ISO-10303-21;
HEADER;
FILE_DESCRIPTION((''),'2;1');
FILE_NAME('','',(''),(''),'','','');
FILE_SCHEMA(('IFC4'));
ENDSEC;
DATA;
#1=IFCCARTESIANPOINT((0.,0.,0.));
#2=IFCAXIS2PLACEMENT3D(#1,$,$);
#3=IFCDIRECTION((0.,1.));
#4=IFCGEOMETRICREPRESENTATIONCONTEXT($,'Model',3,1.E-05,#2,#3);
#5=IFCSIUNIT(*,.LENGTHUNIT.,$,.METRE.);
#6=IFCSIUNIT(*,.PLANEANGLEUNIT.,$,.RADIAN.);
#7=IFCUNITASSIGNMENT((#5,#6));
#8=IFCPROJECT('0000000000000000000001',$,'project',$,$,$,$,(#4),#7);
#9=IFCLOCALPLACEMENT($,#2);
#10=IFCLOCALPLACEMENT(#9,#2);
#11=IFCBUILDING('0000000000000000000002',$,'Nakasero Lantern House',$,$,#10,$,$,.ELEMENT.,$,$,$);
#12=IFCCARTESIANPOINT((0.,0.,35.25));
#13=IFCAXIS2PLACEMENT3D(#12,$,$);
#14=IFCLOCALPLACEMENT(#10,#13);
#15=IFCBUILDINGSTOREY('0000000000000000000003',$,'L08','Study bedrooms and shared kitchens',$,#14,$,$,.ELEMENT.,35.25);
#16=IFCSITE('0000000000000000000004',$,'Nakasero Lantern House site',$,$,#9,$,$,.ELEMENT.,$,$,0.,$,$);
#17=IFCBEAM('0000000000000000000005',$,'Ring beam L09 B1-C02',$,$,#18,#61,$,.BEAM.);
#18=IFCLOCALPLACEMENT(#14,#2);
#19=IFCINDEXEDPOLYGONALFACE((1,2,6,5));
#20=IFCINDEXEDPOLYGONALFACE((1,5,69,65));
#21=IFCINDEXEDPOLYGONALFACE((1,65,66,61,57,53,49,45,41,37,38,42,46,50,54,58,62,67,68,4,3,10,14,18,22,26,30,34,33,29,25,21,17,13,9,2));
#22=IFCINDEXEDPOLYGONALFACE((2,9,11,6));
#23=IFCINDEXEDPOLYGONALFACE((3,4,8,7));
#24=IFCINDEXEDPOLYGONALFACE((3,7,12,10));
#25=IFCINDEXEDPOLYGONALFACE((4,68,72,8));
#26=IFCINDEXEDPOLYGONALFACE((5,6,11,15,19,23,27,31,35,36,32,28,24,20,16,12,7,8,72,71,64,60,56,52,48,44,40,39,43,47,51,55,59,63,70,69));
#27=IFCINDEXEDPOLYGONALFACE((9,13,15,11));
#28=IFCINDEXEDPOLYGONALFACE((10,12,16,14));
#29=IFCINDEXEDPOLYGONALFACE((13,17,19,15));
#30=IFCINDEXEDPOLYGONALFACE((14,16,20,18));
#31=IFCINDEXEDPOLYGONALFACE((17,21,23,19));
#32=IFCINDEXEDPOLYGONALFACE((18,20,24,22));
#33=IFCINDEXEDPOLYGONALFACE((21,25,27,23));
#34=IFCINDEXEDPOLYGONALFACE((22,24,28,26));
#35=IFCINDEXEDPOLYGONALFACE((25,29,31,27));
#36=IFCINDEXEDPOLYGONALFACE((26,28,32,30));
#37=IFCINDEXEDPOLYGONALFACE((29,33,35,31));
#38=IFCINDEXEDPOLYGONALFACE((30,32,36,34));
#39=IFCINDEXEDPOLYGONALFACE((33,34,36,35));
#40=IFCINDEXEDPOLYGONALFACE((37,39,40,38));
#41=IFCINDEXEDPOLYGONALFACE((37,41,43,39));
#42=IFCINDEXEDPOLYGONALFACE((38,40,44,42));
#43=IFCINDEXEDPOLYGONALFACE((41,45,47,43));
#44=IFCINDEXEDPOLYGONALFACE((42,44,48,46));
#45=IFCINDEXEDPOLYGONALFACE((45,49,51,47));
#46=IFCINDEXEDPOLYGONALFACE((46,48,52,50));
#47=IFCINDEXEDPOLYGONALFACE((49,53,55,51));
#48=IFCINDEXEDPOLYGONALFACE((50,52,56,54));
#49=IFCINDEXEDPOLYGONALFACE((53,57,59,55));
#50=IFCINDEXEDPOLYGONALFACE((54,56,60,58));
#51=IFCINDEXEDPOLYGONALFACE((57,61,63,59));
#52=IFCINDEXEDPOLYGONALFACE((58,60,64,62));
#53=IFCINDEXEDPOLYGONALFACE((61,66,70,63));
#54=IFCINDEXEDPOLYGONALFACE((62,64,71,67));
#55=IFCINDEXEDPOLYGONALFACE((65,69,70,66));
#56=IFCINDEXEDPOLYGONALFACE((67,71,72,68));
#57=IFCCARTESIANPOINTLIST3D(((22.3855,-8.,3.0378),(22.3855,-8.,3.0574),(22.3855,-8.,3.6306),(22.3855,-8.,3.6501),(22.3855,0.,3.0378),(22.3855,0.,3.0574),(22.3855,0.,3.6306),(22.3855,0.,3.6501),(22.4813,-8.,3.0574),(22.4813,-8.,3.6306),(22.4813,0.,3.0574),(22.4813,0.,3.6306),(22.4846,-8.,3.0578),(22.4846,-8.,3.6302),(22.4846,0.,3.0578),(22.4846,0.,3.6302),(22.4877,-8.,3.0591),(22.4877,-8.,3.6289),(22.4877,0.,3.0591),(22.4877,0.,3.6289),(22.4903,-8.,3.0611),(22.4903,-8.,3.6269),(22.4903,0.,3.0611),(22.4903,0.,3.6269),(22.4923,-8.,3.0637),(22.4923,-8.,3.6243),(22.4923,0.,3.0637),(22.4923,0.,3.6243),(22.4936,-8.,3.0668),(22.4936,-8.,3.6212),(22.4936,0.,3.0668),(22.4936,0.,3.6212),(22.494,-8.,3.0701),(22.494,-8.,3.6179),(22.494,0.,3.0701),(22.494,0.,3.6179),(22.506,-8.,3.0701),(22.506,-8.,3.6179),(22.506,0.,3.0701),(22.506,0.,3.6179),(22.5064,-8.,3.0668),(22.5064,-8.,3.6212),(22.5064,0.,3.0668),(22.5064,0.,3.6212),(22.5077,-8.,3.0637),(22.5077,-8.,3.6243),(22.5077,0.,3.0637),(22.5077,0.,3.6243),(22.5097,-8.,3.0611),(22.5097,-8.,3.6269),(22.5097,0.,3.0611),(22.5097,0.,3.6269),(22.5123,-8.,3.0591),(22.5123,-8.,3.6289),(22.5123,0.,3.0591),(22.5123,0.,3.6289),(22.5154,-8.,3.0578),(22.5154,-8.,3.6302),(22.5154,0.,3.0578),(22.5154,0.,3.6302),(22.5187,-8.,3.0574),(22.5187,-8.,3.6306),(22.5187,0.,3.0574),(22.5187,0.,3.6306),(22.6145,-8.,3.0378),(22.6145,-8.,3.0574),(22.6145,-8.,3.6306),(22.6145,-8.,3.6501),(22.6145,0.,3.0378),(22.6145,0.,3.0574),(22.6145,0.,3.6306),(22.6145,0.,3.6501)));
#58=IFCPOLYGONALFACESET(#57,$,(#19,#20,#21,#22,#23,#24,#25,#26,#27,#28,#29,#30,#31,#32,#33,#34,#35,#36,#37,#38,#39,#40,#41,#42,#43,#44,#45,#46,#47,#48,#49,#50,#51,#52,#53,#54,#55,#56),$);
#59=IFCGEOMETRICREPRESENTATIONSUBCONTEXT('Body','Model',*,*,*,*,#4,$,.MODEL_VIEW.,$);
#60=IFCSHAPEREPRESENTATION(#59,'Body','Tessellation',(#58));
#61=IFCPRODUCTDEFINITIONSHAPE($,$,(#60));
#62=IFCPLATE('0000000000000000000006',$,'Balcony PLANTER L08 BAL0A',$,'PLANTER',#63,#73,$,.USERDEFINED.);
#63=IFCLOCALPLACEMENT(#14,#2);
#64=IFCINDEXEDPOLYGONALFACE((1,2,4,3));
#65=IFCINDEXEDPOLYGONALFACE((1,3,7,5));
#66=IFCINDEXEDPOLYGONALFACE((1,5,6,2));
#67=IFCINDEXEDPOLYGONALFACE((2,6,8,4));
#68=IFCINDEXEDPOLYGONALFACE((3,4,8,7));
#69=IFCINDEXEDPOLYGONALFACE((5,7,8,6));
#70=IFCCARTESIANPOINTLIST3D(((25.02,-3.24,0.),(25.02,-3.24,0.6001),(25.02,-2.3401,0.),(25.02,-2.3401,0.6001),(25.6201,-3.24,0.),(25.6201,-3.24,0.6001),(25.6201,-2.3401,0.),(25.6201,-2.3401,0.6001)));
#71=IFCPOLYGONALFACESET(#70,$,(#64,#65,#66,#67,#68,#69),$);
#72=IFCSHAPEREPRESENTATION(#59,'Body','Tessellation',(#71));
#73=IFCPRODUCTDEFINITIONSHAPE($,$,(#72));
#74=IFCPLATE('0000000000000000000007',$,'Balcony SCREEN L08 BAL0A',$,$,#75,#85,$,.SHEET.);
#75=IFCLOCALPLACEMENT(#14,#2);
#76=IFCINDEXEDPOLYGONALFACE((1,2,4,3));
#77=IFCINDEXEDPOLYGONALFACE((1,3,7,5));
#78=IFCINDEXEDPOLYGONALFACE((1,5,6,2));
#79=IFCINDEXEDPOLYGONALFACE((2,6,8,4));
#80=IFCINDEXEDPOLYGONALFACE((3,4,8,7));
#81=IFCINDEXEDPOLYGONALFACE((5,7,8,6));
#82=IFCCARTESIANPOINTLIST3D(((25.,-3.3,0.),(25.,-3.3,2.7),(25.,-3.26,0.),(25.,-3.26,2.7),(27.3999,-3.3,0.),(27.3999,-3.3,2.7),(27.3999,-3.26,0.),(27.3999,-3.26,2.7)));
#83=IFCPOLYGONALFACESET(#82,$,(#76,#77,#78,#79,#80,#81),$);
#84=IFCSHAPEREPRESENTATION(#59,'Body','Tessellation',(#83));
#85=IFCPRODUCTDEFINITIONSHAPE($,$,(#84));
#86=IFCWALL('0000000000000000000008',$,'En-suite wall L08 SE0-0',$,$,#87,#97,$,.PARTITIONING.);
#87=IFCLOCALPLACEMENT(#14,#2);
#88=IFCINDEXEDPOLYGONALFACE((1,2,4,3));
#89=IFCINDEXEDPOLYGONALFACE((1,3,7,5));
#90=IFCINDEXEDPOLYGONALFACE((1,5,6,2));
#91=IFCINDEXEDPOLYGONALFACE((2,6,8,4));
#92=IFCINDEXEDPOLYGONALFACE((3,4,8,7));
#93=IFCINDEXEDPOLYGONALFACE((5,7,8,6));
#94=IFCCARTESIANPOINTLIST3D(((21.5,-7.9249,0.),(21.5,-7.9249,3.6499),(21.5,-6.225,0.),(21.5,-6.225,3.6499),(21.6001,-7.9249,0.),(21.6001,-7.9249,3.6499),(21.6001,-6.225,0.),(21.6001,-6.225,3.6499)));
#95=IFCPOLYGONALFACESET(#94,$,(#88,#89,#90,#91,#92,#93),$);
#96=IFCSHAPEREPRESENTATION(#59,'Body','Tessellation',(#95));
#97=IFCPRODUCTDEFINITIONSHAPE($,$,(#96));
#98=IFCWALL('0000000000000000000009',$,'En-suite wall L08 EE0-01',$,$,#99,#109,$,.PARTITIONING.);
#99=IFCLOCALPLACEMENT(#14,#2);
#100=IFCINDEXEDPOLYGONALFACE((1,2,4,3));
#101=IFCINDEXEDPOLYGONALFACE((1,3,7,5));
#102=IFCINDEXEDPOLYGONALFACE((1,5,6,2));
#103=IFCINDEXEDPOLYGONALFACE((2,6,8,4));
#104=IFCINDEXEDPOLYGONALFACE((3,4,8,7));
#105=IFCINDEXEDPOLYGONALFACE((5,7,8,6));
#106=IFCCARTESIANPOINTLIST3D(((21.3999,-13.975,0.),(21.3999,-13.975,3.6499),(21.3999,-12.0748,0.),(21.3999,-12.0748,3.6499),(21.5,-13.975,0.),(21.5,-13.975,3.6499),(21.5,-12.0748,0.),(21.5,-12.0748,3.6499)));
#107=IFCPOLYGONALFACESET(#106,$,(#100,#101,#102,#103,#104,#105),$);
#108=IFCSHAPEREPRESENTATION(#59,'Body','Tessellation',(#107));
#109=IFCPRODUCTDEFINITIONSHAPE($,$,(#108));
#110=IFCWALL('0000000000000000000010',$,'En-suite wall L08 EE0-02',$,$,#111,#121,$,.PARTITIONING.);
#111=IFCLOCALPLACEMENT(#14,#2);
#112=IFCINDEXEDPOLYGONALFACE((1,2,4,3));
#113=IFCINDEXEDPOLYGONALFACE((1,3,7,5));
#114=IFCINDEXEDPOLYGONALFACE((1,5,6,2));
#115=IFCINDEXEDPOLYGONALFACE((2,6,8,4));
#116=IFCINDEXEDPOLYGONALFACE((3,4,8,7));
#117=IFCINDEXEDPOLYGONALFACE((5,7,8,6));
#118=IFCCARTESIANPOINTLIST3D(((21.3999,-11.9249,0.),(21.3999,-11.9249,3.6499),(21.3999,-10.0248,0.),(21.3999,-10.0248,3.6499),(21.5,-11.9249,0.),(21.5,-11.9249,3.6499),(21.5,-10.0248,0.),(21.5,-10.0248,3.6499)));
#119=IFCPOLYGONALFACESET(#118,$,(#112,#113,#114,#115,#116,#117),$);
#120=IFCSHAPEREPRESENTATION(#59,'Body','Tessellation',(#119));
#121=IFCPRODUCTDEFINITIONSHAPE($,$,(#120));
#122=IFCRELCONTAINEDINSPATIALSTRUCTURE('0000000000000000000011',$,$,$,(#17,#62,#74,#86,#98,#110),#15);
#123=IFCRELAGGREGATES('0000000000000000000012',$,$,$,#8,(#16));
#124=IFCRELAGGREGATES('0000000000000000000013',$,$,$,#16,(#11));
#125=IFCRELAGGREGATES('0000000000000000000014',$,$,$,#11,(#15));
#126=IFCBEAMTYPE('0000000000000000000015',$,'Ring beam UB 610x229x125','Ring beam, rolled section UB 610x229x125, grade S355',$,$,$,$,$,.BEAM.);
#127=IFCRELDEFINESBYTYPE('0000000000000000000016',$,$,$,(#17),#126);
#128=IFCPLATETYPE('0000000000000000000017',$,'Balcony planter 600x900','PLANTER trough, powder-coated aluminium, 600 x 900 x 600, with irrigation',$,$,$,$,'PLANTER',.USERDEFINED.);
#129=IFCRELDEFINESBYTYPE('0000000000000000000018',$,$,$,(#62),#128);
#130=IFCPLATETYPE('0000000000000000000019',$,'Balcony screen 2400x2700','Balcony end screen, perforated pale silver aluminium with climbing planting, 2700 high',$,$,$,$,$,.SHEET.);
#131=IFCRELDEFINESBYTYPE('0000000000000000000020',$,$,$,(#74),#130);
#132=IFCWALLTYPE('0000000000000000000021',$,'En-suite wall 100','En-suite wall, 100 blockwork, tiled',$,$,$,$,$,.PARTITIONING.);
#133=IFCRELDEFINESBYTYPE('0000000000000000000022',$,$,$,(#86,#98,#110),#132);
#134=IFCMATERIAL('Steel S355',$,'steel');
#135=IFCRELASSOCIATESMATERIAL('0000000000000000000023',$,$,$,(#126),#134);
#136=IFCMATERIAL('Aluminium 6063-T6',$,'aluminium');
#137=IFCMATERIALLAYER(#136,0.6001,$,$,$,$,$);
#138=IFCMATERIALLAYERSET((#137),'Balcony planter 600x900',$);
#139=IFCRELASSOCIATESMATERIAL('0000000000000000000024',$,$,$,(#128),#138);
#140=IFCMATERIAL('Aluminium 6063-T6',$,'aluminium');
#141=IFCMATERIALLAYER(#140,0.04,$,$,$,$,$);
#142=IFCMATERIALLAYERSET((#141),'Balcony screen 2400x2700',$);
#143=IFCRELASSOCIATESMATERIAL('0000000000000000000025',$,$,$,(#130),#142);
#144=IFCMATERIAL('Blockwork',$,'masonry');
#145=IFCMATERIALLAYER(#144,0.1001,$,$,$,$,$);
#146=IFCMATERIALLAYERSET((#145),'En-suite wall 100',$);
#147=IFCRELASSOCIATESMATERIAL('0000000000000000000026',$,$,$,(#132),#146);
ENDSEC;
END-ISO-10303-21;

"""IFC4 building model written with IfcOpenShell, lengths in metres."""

from ifc_helpers import new_model, si_unit, direction, frame, frame_2d, origin, origin_2d, place, context, subcontext, project, spatial, rectangle, i_section, extrude, material, layer, layer_set, material_profile, profile_set, type_object, element, save


model = new_model("IFC4")

# Units and contexts
model_context = context("Model", 3, precision=1e-05, world=origin(), true_north=direction((0.0, 1.0)))
body_context = subcontext(model_context, "Body", "Model", "MODEL_VIEW")
ifc_project = project(units=[si_unit("LENGTHUNIT", "METRE"), si_unit("PLANEANGLEUNIT", "RADIAN")], contexts=[model_context])

# Site, building, storey
site_placement = place(None, origin())
site = spatial("IfcSite", under=ifc_project, at=site_placement, Name="Nakasero Lantern House site", CompositionType="ELEMENT", RefElevation=0.0)
building_placement = place(site_placement, origin())
building = spatial("IfcBuilding", under=site, at=building_placement, Name="Nakasero Lantern House", CompositionType="ELEMENT")
storey_placement = place(building_placement, frame((0.0, 0.0, 35.25)))
storey = spatial("IfcBuildingStorey", under=building, at=storey_placement, Name="L08", Description="Study bedrooms and shared kitchens", CompositionType="ELEMENT", Elevation=35.25)

# Beam
ifc_material_1 = material(Name="Steel S355", Category="steel")
ifc_material_profile_1 = material_profile(ifc_material_1, i_section(OverallWidth=0.229, OverallDepth=0.6123, WebThickness=0.012, FlangeThickness=0.0195, FilletRadius=0.0127, at=origin_2d()), Name="UB 610x229x125")
ifc_profile_set_1 = profile_set([ifc_material_profile_1], Name="Steel S355")
beam_type_1 = type_object("IfcBeamType", Name="Ring beam UB 610x229x125", Description="Ring beam, rolled section UB 610x229x125, grade S355", PredefinedType="BEAM", material=ifc_profile_set_1)
for number, where, z_axis, x_axis, name in (
    (1, (22.5, -8.0, 3.344), (0.0, 1.0, 0.0), (-1.0, 0.0, 0.0), "Ring beam L09 B1-C02"),
):
    element("IfcBeam", number, at=place(storey_placement, frame(where, z_axis=z_axis, x_axis=x_axis)), inside=storey, type_object=beam_type_1, Name=name, PredefinedType="BEAM", context=body_context, shape_type="SweptSolid", body=[
        extrude(i_section(OverallWidth=0.229, OverallDepth=0.6123, WebThickness=0.012, FlangeThickness=0.0195, FilletRadius=0.0127, at=origin_2d()), origin(), (0.0, 0.0, 1.0), 8.0),
    ])

# Plates
ifc_material_2 = material(Name="Aluminium 6063-T6", Category="aluminium")
ifc_layer_1 = layer(ifc_material_2, 0.6001)
ifc_layer_set_1 = layer_set([ifc_layer_1], Name="Balcony planter 600x900")
plate_type_1 = type_object("IfcPlateType", Name="Balcony planter 600x900", Description="PLANTER trough, powder-coated aluminium, 600 x 900 x 600, with irrigation", ElementType="PLANTER", PredefinedType="USERDEFINED", material=ifc_layer_set_1)
plate_1_placement = place(storey_placement, frame((25.3201, -2.79, 0.0), z_axis=(0.0, 0.0, 1.0), x_axis=(1.0, 0.0, 0.0)))
element("IfcPlate", 2, at=plate_1_placement, inside=storey, type_object=plate_type_1, Name="Balcony PLANTER L08 BAL0A", ObjectType="PLANTER", PredefinedType="USERDEFINED", context=body_context, shape_type="SweptSolid", body=[
    extrude(rectangle(XDim=0.6001, YDim=0.8999, at=origin_2d()), origin(), (0.0, 0.0, 1.0), 0.6001),
])
ifc_material_3 = material(Name="Aluminium 6063-T6", Category="aluminium")
ifc_layer_2 = layer(ifc_material_3, 0.04)
ifc_layer_set_2 = layer_set([ifc_layer_2], Name="Balcony screen 2400x2700")
plate_type_2 = type_object("IfcPlateType", Name="Balcony screen 2400x2700", Description="Balcony end screen, perforated pale silver aluminium with climbing planting, 2700 high", PredefinedType="SHEET", material=ifc_layer_set_2)
plate_2_placement = place(storey_placement, frame((26.2, -3.28, 0.0), z_axis=(0.0, 0.0, 1.0), x_axis=(1.0, 0.0, 0.0)))
element("IfcPlate", 3, at=plate_2_placement, inside=storey, type_object=plate_type_2, Name="Balcony SCREEN L08 BAL0A", PredefinedType="SHEET", context=body_context, shape_type="SweptSolid", body=[
    extrude(rectangle(XDim=2.3999, YDim=0.04, at=origin_2d()), origin(), (0.0, 0.0, 1.0), 2.7),
])

# Walls
ifc_material_4 = material(Name="Blockwork", Category="masonry")
ifc_layer_3 = layer(ifc_material_4, 0.1001)
ifc_layer_set_3 = layer_set([ifc_layer_3], Name="En-suite wall 100")
wall_type_1 = type_object("IfcWallType", Name="En-suite wall 100", Description="En-suite wall, 100 blockwork, tiled", PredefinedType="PARTITIONING", material=ifc_layer_set_3)
wall_1_placement = place(storey_placement, frame((21.55, -7.925, 0.0), z_axis=(0.0, 0.0, 1.0), x_axis=(0.0, 1.0, 0.0)))
element("IfcWall", 4, at=wall_1_placement, inside=storey, type_object=wall_type_1, Name="En-suite wall L08 SE0-0", PredefinedType="PARTITIONING", context=body_context, shape_type="SweptSolid", body=[
    extrude(rectangle(XDim=1.7, YDim=0.1001, at=frame_2d((0.8501, 0.0))), origin(), (0.0, 0.0, 1.0), 3.6499),
])
for number, where, z_axis, x_axis, name in (
    (5, (21.45, -13.9751, 0.0), (0.0, 0.0, 1.0), (0.0, 1.0, 0.0), "En-suite wall L08 EE0-01"),
    (6, (21.45, -11.925, 0.0), (0.0, 0.0, 1.0), (0.0, 1.0, 0.0), "En-suite wall L08 EE0-02"),
):
    element("IfcWall", number, at=place(storey_placement, frame(where, z_axis=z_axis, x_axis=x_axis)), inside=storey, type_object=wall_type_1, Name=name, PredefinedType="PARTITIONING", context=body_context, shape_type="SweptSolid", body=[
        extrude(rectangle(XDim=1.9001, YDim=0.1001, at=frame_2d((0.9502, 0.0))), origin(), (0.0, 0.0, 1.0), 3.6499),
    ])

save(model, "model.ifc")
